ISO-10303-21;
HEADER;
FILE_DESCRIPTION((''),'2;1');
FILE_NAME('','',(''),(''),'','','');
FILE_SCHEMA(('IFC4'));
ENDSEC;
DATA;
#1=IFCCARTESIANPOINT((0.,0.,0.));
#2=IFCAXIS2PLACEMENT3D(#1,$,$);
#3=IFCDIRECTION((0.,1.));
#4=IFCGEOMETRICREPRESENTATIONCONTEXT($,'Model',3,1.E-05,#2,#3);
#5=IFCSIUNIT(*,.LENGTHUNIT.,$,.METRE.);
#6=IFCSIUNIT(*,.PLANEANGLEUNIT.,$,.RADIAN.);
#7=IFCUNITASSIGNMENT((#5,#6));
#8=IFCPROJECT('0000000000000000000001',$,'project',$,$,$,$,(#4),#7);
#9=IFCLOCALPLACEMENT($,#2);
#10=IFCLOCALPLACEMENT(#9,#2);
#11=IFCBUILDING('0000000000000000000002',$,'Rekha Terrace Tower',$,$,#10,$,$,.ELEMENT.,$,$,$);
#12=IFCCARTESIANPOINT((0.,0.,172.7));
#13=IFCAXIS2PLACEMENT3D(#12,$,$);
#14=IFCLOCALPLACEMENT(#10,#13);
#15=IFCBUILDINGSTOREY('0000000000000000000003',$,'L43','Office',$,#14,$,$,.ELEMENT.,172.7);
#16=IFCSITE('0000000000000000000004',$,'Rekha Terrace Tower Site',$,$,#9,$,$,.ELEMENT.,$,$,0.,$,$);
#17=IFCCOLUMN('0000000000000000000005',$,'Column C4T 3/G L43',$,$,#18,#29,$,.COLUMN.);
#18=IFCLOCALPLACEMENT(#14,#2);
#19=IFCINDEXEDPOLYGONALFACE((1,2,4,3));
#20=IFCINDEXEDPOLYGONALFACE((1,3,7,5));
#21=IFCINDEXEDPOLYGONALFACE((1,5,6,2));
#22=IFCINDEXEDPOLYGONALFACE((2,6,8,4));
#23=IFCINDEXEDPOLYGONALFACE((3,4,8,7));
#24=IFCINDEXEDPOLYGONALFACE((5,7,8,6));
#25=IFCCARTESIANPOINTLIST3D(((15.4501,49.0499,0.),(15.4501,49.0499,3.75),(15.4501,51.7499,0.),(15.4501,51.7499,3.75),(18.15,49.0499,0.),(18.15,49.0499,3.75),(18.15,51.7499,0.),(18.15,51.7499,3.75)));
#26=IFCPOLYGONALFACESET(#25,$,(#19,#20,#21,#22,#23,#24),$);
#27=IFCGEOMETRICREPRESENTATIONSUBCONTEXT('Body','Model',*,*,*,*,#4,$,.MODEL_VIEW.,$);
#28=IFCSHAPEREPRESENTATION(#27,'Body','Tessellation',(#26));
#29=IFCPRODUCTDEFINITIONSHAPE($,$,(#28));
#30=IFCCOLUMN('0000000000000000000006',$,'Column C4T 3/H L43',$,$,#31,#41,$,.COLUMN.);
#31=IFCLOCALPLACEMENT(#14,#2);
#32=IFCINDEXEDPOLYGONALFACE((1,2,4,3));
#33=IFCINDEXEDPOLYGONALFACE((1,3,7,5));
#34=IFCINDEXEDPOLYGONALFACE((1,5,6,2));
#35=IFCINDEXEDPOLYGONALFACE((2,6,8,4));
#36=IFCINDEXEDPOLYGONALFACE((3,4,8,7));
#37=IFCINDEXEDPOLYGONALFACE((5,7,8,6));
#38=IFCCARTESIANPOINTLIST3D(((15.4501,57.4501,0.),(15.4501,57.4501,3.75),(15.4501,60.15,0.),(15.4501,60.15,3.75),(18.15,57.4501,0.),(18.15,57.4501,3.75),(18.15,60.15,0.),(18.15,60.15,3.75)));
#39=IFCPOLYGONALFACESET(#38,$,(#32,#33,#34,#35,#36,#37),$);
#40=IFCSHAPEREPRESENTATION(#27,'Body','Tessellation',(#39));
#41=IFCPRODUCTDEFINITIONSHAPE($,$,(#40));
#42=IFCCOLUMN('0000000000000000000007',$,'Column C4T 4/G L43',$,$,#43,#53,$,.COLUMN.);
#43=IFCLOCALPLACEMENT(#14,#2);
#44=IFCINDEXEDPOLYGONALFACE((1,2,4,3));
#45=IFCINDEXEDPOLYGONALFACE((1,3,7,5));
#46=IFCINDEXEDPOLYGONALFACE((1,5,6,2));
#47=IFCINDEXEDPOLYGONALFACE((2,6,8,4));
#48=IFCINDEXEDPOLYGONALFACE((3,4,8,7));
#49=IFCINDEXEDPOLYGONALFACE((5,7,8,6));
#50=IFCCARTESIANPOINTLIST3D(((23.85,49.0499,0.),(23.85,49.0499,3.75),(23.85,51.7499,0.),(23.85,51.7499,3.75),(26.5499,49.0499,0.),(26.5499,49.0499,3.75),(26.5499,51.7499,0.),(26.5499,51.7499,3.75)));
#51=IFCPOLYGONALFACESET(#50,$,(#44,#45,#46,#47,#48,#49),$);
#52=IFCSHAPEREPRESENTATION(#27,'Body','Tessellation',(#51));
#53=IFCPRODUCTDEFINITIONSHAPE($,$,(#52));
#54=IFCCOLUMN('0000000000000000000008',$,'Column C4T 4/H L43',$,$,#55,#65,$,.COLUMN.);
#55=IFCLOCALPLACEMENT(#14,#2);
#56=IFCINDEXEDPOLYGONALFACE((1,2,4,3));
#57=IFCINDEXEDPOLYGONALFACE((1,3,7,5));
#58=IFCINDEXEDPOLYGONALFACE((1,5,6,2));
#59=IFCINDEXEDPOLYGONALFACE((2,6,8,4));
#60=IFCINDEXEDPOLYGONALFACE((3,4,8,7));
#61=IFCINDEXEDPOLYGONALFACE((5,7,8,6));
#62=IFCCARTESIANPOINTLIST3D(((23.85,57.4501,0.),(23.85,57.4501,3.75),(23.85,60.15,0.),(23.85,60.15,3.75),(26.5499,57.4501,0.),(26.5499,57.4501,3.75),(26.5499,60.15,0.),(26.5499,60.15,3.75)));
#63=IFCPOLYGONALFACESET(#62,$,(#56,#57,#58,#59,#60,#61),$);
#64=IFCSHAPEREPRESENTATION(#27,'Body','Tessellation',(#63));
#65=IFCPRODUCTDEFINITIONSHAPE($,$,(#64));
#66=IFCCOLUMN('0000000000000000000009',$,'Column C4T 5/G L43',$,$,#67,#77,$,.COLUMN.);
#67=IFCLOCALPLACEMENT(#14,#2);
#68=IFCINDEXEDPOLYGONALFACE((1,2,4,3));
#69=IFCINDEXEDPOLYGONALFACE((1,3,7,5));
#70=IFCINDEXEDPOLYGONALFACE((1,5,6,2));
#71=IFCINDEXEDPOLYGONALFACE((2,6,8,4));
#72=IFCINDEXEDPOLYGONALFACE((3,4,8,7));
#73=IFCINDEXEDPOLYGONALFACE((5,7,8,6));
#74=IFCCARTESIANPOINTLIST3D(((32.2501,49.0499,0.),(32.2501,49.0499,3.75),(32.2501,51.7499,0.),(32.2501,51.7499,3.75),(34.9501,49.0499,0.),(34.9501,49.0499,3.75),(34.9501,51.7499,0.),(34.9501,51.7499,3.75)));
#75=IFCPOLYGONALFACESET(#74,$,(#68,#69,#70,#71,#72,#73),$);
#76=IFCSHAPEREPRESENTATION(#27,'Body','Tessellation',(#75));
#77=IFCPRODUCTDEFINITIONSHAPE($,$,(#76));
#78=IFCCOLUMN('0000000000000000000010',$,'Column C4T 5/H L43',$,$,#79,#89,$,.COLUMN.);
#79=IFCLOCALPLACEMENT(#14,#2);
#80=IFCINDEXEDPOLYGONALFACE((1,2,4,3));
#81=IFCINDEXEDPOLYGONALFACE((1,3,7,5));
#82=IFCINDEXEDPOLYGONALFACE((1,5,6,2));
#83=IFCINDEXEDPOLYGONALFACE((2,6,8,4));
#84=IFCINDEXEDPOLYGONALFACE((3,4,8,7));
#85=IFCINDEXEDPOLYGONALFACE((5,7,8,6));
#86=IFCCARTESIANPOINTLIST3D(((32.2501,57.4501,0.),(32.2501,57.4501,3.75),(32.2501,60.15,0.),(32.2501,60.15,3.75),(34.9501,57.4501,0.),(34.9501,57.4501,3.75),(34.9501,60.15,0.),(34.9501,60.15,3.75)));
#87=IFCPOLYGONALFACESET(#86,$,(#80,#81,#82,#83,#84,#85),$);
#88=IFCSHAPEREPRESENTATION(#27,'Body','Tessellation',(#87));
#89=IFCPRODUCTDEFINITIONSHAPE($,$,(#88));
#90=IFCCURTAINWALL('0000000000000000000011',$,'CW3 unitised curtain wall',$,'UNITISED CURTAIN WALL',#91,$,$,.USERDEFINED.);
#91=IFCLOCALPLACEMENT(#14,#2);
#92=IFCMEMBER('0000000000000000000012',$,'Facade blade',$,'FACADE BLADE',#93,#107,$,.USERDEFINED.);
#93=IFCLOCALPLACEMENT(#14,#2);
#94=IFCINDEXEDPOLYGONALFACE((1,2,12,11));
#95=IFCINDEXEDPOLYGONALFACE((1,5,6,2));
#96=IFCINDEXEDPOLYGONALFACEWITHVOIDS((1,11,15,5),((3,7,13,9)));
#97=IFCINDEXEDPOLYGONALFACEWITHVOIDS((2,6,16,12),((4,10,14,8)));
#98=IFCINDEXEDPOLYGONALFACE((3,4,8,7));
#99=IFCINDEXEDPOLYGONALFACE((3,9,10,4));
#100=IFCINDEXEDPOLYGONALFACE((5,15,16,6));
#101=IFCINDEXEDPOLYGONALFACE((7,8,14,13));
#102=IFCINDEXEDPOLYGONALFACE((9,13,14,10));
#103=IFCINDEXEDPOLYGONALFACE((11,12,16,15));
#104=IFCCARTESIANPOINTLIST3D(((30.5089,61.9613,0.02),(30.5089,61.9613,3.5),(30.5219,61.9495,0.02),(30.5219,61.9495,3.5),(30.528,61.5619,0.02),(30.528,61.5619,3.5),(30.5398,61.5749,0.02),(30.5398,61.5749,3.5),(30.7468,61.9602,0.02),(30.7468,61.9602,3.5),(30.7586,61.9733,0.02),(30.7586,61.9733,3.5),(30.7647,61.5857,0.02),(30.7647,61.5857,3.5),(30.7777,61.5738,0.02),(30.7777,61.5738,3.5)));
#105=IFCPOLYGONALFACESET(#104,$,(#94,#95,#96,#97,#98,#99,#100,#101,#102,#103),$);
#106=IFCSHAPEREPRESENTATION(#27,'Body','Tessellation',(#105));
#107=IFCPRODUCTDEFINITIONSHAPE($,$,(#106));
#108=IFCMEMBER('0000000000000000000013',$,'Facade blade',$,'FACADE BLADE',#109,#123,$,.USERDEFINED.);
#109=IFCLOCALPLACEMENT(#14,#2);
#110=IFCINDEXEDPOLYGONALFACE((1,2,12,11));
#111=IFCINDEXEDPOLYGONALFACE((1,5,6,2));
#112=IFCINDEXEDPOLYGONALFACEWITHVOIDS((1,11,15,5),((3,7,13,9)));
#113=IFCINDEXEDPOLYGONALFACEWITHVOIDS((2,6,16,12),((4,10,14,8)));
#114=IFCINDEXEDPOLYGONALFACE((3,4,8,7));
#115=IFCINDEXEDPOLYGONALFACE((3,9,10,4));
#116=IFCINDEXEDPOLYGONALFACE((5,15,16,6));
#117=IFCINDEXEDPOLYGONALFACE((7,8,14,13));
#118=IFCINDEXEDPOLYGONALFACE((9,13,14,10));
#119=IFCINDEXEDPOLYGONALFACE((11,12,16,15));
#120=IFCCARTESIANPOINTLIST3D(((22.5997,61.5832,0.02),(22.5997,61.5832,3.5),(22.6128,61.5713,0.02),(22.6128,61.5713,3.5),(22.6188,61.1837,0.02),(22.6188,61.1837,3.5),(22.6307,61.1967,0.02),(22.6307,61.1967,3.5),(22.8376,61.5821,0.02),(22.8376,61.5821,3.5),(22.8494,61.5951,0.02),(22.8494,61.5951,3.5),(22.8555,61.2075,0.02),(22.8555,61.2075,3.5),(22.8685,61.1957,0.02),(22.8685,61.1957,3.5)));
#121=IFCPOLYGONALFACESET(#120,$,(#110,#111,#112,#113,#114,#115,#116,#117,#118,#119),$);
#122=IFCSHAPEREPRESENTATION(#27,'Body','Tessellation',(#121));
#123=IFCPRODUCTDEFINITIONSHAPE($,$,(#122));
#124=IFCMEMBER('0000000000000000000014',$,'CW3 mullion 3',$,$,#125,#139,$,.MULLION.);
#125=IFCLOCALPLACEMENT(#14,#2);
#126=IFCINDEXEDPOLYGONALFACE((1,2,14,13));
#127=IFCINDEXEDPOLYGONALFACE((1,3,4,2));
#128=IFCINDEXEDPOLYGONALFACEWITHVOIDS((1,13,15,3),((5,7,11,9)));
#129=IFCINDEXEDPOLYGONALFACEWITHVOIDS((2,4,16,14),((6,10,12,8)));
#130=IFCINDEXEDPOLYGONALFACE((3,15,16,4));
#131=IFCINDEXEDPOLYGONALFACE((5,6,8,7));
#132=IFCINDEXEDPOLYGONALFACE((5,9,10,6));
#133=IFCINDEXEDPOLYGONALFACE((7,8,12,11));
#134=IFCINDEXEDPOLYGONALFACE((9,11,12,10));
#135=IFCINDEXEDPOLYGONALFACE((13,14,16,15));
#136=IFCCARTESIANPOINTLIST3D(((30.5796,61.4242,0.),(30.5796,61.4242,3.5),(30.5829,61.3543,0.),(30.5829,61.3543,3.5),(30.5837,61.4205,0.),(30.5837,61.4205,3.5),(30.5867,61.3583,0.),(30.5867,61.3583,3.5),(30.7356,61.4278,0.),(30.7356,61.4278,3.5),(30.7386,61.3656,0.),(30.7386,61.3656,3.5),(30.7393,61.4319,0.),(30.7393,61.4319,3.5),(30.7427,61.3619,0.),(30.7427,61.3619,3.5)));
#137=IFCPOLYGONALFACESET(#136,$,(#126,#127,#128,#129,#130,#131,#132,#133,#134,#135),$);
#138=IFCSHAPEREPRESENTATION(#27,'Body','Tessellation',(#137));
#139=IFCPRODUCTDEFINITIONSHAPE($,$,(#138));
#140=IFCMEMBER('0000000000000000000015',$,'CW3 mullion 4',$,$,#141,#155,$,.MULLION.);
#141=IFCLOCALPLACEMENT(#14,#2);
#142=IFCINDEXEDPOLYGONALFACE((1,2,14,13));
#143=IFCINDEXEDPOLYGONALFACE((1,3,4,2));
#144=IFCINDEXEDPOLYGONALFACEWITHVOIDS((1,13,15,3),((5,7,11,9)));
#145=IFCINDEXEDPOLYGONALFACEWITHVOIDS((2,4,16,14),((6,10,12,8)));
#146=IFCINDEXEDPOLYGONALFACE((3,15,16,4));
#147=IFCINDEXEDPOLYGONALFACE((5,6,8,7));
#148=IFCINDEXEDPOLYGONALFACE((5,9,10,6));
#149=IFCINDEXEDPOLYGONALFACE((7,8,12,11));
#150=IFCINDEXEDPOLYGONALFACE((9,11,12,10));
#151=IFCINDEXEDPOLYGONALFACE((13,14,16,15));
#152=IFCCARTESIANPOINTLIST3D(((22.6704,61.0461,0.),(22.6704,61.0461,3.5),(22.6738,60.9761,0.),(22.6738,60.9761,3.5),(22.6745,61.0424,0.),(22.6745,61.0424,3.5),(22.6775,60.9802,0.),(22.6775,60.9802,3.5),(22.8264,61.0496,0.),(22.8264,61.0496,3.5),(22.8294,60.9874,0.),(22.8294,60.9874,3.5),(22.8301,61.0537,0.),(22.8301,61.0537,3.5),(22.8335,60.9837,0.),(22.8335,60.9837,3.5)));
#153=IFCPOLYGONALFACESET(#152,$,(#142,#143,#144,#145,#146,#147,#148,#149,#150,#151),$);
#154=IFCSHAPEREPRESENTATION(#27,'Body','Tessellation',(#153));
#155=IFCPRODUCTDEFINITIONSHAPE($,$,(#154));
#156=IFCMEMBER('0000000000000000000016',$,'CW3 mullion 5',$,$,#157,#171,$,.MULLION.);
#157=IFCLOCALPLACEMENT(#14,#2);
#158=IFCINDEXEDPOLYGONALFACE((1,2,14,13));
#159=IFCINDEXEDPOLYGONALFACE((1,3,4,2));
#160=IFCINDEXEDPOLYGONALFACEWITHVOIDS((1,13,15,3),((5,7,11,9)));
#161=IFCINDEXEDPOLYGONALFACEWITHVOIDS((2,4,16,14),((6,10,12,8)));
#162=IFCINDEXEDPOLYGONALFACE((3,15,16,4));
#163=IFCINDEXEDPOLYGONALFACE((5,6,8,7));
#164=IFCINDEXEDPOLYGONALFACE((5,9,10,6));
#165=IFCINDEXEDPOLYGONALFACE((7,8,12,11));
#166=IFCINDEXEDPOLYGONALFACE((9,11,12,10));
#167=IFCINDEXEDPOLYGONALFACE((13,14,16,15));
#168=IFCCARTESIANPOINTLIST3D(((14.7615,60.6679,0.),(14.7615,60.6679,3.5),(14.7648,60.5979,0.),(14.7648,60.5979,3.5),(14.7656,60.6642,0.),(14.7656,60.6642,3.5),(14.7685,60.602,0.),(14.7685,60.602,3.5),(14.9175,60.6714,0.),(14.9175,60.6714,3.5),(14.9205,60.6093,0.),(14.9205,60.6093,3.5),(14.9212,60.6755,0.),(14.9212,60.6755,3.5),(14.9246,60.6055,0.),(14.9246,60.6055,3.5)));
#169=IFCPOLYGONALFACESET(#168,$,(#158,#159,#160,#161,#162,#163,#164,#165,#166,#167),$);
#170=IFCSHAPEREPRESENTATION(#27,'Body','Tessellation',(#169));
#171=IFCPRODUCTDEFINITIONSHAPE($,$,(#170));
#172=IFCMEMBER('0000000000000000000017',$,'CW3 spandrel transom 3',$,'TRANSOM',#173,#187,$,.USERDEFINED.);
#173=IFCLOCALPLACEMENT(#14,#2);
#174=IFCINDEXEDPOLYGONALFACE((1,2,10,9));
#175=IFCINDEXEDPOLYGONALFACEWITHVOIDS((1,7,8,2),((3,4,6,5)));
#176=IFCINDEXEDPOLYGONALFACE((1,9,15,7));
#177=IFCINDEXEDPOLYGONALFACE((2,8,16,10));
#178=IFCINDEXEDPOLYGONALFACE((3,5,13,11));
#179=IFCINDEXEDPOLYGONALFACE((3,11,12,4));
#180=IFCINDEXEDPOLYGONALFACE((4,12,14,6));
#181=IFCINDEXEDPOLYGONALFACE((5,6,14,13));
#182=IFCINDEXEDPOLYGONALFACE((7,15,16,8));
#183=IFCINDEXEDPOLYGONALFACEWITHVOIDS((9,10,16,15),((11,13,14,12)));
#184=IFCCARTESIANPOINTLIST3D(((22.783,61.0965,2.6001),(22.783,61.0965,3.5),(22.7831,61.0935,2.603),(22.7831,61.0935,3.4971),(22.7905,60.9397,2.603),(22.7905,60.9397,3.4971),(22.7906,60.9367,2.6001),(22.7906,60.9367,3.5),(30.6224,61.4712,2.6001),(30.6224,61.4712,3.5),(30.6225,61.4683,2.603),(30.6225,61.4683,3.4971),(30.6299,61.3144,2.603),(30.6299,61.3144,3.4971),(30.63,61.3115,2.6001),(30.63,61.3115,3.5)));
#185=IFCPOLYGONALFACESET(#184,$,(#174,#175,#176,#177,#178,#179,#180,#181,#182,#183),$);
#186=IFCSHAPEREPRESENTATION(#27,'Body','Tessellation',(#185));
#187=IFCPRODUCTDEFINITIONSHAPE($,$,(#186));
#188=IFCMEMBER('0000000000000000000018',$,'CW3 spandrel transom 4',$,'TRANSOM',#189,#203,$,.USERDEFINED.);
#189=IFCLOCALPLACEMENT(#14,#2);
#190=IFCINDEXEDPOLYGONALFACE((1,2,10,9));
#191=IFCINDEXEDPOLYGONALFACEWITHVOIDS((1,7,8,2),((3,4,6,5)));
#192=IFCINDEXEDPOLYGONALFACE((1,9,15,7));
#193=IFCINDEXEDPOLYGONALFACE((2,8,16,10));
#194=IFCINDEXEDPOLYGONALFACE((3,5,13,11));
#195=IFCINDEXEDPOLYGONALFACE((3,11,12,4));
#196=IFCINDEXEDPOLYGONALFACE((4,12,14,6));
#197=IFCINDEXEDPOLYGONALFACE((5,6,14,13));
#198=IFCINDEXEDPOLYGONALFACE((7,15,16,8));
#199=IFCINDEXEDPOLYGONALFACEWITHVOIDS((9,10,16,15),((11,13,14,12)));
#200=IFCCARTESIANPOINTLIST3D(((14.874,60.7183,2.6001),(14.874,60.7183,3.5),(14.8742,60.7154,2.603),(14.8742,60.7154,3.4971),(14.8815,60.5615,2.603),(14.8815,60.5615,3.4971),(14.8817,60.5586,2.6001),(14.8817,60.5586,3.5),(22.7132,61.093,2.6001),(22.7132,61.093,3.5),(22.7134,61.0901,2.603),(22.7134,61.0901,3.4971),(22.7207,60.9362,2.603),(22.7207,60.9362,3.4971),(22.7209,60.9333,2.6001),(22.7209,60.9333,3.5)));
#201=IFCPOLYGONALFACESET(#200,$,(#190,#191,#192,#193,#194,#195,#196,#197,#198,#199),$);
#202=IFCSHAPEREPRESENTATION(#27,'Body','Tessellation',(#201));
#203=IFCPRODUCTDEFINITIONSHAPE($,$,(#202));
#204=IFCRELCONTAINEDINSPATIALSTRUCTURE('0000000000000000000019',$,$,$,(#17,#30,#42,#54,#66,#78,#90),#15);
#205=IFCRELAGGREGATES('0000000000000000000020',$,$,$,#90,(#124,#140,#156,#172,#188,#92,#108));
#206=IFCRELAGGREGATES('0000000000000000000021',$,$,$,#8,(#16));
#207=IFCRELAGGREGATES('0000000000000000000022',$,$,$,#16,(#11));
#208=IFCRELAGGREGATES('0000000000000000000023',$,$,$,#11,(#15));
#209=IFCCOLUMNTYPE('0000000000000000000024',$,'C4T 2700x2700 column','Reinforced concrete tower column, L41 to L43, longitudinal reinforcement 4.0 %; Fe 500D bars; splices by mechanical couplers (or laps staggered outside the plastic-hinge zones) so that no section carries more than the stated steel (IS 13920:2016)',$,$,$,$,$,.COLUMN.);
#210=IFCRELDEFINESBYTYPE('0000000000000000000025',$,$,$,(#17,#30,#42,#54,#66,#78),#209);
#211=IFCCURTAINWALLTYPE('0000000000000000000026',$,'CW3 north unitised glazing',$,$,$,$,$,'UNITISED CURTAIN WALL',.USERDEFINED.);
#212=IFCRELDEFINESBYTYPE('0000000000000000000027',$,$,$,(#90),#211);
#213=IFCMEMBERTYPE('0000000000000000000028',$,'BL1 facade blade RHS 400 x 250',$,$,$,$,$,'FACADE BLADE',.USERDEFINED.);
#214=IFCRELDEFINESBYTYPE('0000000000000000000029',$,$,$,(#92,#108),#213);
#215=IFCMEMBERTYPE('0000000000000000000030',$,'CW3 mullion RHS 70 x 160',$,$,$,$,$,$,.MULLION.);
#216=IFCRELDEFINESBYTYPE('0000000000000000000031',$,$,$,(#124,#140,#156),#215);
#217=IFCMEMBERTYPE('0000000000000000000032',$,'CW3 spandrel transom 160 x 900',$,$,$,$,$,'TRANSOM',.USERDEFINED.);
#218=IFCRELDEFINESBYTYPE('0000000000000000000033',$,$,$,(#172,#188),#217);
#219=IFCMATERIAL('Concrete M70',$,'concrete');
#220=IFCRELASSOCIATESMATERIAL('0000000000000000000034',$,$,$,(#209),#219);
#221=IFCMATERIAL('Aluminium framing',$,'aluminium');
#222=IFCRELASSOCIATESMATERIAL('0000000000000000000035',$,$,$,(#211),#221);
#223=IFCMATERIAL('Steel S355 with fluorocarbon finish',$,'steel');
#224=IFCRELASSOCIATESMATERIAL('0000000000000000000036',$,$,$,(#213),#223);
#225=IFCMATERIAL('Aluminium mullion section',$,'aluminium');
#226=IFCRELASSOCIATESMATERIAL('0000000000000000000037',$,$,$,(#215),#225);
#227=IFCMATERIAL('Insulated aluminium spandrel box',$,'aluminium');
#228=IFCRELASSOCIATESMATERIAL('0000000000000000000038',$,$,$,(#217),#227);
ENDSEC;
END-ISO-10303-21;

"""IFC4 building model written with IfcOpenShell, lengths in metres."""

from ifc_helpers import new_model, si_unit, direction, frame, origin, origin_2d, place, context, subcontext, project, spatial, rectangle, hollow_rectangle, extrude, material, material_profile, profile_set, type_object, element, aggregate, save


model = new_model("IFC4")

# Units and contexts
model_context = context("Model", 3, precision=1e-05, world=origin(), true_north=direction((0.0, 1.0)))
body_context = subcontext(model_context, "Body", "Model", "MODEL_VIEW")
ifc_project = project(units=[si_unit("LENGTHUNIT", "METRE"), si_unit("PLANEANGLEUNIT", "RADIAN")], contexts=[model_context])

# Site, building, storey
site_placement = place(None, origin())
site = spatial("IfcSite", under=ifc_project, at=site_placement, Name="Rekha Terrace Tower Site", CompositionType="ELEMENT", RefElevation=0.0)
building_placement = place(site_placement, origin())
building = spatial("IfcBuilding", under=site, at=building_placement, Name="Rekha Terrace Tower", CompositionType="ELEMENT")
storey_placement = place(building_placement, frame((0.0, 0.0, 172.7)))
storey = spatial("IfcBuildingStorey", under=building, at=storey_placement, Name="L43", Description="Office", CompositionType="ELEMENT", Elevation=172.7)

# Columns
ifc_material_1 = material(Name="Concrete M70", Category="concrete")
ifc_material_profile_1 = material_profile(ifc_material_1, rectangle(XDim=2.7, YDim=2.7, at=origin_2d()), Name="RC 2700x2700")
ifc_profile_set_1 = profile_set([ifc_material_profile_1], Name="Concrete M70")
column_type = type_object("IfcColumnType", Name="C4T 2700x2700 column", Description="Reinforced concrete tower column, L41 to L43, longitudinal reinforcement 4.0 %; Fe 500D bars; splices by mechanical couplers (or laps staggered outside the plastic-hinge zones) so that no section carries more than the stated steel (IS 13920:2016)", PredefinedType="COLUMN", material=ifc_profile_set_1)
for number, where, z_axis, x_axis, name in (
    (1, (16.8, 50.3999, 0.0), (0.0, 0.0, 1.0), (1.0, 0.0, 0.0), "Column C4T 3/G L43"),
    (2, (16.8, 58.8, 0.0), (0.0, 0.0, 1.0), (1.0, 0.0, 0.0), "Column C4T 3/H L43"),
    (3, (25.2, 50.3999, 0.0), (0.0, 0.0, 1.0), (1.0, 0.0, 0.0), "Column C4T 4/G L43"),
    (4, (25.2, 58.8, 0.0), (0.0, 0.0, 1.0), (1.0, 0.0, 0.0), "Column C4T 4/H L43"),
    (5, (33.6001, 50.3999, 0.0), (0.0, 0.0, 1.0), (1.0, 0.0, 0.0), "Column C4T 5/G L43"),
    (6, (33.6001, 58.8, 0.0), (0.0, 0.0, 1.0), (1.0, 0.0, 0.0), "Column C4T 5/H L43"),
):
    element("IfcColumn", number, at=place(storey_placement, frame(where, z_axis=z_axis, x_axis=x_axis)), inside=storey, type_object=column_type, Name=name, PredefinedType="COLUMN", context=body_context, shape_type="SweptSolid", body=[
        extrude(rectangle(XDim=2.7, YDim=2.7, at=origin_2d()), origin(), (0.0, 0.0, 1.0), 3.75),
    ])

# Curtain wall, members
ifc_material_2 = material(Name="Aluminium framing", Category="aluminium")
curtain_wall_type = type_object("IfcCurtainWallType", Name="CW3 north unitised glazing", ElementType="UNITISED CURTAIN WALL", PredefinedType="USERDEFINED", material=ifc_material_2)
curtain_wall_placement = place(storey_placement, origin())
curtain_wall = element("IfcCurtainWall", 7, at=curtain_wall_placement, inside=storey, type_object=curtain_wall_type, Name="CW3 unitised curtain wall", ObjectType="UNITISED CURTAIN WALL", PredefinedType="USERDEFINED")
ifc_material_3 = material(Name="Steel S355 with fluorocarbon finish", Category="steel")
ifc_material_profile_2 = material_profile(ifc_material_3, hollow_rectangle(XDim=0.25, YDim=0.3999, WallThickness=0.0125, at=origin_2d()), Name="RHS400x250x12.5")
ifc_profile_set_2 = profile_set([ifc_material_profile_2], Name="Steel S355 with fluorocarbon finish")
member_type_1 = type_object("IfcMemberType", Name="BL1 facade blade RHS 400 x 250", ElementType="FACADE BLADE", PredefinedType="USERDEFINED", material=ifc_profile_set_2)
member_1_placement = place(storey_placement, frame((30.6433, 61.7676, 0.02), z_axis=(0.0, 0.0, 1.0), x_axis=(-0.998859, -0.047758, 0.0)))
member_1 = element("IfcMember", 8, at=member_1_placement, type_object=member_type_1, Name="Facade blade", ObjectType="FACADE BLADE", PredefinedType="USERDEFINED", context=body_context, shape_type="SweptSolid", body=[
    extrude(hollow_rectangle(XDim=0.25, YDim=0.3999, WallThickness=0.0125, at=origin_2d()), origin(), (0.0, 0.0, 1.0), 3.48),
])
member_2_placement = place(storey_placement, frame((22.7341, 61.3894, 0.02), z_axis=(0.0, 0.0, 1.0), x_axis=(-0.998859, -0.047758, 0.0)))
member_2 = element("IfcMember", 9, at=member_2_placement, type_object=member_type_1, Name="Facade blade", ObjectType="FACADE BLADE", PredefinedType="USERDEFINED", context=body_context, shape_type="SweptSolid", body=[
    extrude(hollow_rectangle(XDim=0.25, YDim=0.3999, WallThickness=0.0125, at=origin_2d()), origin(), (0.0, 0.0, 1.0), 3.48),
])
ifc_material_4 = material(Name="Aluminium mullion section", Category="aluminium")
ifc_material_profile_3 = material_profile(ifc_material_4, hollow_rectangle(XDim=0.0701, YDim=0.1599, WallThickness=0.0039, at=origin_2d()), Name="AL RHS 70x160")
ifc_profile_set_3 = profile_set([ifc_material_profile_3], Name="Aluminium mullion section")
member_type_2 = type_object("IfcMemberType", Name="CW3 mullion RHS 70 x 160", PredefinedType="MULLION", material=ifc_profile_set_3)
member_3_placement = place(storey_placement, frame((30.6611, 61.3931, 0.0), z_axis=(0.0, 0.0, 1.0), x_axis=(0.047759, -0.998859, 0.0)))
member_3 = element("IfcMember", 10, at=member_3_placement, type_object=member_type_2, Name="CW3 mullion 3", PredefinedType="MULLION", context=body_context, shape_type="SweptSolid", body=[
    extrude(hollow_rectangle(XDim=0.0701, YDim=0.1599, WallThickness=0.0039, at=origin_2d()), origin(), (0.0, 0.0, 1.0), 3.5),
])
member_4_placement = place(storey_placement, frame((22.752, 61.0149, 0.0), z_axis=(0.0, 0.0, 1.0), x_axis=(0.047759, -0.998859, 0.0)))
member_4 = element("IfcMember", 11, at=member_4_placement, type_object=member_type_2, Name="CW3 mullion 4", PredefinedType="MULLION", context=body_context, shape_type="SweptSolid", body=[
    extrude(hollow_rectangle(XDim=0.0701, YDim=0.1599, WallThickness=0.0039, at=origin_2d()), origin(), (0.0, 0.0, 1.0), 3.5),
])
member_5_placement = place(storey_placement, frame((14.843, 60.6367, 0.0), z_axis=(0.0, 0.0, 1.0), x_axis=(0.047759, -0.998859, 0.0)))
member_5 = element("IfcMember", 12, at=member_5_placement, type_object=member_type_2, Name="CW3 mullion 5", PredefinedType="MULLION", context=body_context, shape_type="SweptSolid", body=[
    extrude(hollow_rectangle(XDim=0.0701, YDim=0.1599, WallThickness=0.0039, at=origin_2d()), origin(), (0.0, 0.0, 1.0), 3.5),
])
ifc_material_5 = material(Name="Insulated aluminium spandrel box", Category="aluminium")
ifc_material_profile_4 = material_profile(ifc_material_5, hollow_rectangle(XDim=0.1599, YDim=0.8999, WallThickness=0.0029, at=origin_2d()), Name="AL SPANDREL BOX 160x900")
ifc_profile_set_4 = profile_set([ifc_material_profile_4], Name="Insulated aluminium spandrel box")
member_type_3 = type_object("IfcMemberType", Name="CW3 spandrel transom 160 x 900", ElementType="TRANSOM", PredefinedType="USERDEFINED", material=ifc_profile_set_4)
member_6_placement = place(storey_placement, frame((30.6262, 61.3914, 3.05), z_axis=(-0.998859, -0.04775, 0.0), x_axis=(0.04775, -0.998859, 0.0)))
member_6 = element("IfcMember", 13, at=member_6_placement, type_object=member_type_3, Name="CW3 spandrel transom 3", ObjectType="TRANSOM", PredefinedType="USERDEFINED", context=body_context, shape_type="SweptSolid", body=[
    extrude(hollow_rectangle(XDim=0.1599, YDim=0.8999, WallThickness=0.0029, at=origin_2d()), origin(), (0.0, 0.0, 1.0), 7.8484),
])
member_7_placement = place(storey_placement, frame((22.717, 61.0132, 3.05), z_axis=(-0.998859, -0.047751, 0.0), x_axis=(0.047751, -0.998859, 0.0)))
member_7 = element("IfcMember", 14, at=member_7_placement, type_object=member_type_3, Name="CW3 spandrel transom 4", ObjectType="TRANSOM", PredefinedType="USERDEFINED", context=body_context, shape_type="SweptSolid", body=[
    extrude(hollow_rectangle(XDim=0.1599, YDim=0.8999, WallThickness=0.0029, at=origin_2d()), origin(), (0.0, 0.0, 1.0), 7.8481),
])

aggregate(curtain_wall, [member_3, member_4, member_5, member_6, member_7, member_1, member_2])

save(model, "model.ifc")
